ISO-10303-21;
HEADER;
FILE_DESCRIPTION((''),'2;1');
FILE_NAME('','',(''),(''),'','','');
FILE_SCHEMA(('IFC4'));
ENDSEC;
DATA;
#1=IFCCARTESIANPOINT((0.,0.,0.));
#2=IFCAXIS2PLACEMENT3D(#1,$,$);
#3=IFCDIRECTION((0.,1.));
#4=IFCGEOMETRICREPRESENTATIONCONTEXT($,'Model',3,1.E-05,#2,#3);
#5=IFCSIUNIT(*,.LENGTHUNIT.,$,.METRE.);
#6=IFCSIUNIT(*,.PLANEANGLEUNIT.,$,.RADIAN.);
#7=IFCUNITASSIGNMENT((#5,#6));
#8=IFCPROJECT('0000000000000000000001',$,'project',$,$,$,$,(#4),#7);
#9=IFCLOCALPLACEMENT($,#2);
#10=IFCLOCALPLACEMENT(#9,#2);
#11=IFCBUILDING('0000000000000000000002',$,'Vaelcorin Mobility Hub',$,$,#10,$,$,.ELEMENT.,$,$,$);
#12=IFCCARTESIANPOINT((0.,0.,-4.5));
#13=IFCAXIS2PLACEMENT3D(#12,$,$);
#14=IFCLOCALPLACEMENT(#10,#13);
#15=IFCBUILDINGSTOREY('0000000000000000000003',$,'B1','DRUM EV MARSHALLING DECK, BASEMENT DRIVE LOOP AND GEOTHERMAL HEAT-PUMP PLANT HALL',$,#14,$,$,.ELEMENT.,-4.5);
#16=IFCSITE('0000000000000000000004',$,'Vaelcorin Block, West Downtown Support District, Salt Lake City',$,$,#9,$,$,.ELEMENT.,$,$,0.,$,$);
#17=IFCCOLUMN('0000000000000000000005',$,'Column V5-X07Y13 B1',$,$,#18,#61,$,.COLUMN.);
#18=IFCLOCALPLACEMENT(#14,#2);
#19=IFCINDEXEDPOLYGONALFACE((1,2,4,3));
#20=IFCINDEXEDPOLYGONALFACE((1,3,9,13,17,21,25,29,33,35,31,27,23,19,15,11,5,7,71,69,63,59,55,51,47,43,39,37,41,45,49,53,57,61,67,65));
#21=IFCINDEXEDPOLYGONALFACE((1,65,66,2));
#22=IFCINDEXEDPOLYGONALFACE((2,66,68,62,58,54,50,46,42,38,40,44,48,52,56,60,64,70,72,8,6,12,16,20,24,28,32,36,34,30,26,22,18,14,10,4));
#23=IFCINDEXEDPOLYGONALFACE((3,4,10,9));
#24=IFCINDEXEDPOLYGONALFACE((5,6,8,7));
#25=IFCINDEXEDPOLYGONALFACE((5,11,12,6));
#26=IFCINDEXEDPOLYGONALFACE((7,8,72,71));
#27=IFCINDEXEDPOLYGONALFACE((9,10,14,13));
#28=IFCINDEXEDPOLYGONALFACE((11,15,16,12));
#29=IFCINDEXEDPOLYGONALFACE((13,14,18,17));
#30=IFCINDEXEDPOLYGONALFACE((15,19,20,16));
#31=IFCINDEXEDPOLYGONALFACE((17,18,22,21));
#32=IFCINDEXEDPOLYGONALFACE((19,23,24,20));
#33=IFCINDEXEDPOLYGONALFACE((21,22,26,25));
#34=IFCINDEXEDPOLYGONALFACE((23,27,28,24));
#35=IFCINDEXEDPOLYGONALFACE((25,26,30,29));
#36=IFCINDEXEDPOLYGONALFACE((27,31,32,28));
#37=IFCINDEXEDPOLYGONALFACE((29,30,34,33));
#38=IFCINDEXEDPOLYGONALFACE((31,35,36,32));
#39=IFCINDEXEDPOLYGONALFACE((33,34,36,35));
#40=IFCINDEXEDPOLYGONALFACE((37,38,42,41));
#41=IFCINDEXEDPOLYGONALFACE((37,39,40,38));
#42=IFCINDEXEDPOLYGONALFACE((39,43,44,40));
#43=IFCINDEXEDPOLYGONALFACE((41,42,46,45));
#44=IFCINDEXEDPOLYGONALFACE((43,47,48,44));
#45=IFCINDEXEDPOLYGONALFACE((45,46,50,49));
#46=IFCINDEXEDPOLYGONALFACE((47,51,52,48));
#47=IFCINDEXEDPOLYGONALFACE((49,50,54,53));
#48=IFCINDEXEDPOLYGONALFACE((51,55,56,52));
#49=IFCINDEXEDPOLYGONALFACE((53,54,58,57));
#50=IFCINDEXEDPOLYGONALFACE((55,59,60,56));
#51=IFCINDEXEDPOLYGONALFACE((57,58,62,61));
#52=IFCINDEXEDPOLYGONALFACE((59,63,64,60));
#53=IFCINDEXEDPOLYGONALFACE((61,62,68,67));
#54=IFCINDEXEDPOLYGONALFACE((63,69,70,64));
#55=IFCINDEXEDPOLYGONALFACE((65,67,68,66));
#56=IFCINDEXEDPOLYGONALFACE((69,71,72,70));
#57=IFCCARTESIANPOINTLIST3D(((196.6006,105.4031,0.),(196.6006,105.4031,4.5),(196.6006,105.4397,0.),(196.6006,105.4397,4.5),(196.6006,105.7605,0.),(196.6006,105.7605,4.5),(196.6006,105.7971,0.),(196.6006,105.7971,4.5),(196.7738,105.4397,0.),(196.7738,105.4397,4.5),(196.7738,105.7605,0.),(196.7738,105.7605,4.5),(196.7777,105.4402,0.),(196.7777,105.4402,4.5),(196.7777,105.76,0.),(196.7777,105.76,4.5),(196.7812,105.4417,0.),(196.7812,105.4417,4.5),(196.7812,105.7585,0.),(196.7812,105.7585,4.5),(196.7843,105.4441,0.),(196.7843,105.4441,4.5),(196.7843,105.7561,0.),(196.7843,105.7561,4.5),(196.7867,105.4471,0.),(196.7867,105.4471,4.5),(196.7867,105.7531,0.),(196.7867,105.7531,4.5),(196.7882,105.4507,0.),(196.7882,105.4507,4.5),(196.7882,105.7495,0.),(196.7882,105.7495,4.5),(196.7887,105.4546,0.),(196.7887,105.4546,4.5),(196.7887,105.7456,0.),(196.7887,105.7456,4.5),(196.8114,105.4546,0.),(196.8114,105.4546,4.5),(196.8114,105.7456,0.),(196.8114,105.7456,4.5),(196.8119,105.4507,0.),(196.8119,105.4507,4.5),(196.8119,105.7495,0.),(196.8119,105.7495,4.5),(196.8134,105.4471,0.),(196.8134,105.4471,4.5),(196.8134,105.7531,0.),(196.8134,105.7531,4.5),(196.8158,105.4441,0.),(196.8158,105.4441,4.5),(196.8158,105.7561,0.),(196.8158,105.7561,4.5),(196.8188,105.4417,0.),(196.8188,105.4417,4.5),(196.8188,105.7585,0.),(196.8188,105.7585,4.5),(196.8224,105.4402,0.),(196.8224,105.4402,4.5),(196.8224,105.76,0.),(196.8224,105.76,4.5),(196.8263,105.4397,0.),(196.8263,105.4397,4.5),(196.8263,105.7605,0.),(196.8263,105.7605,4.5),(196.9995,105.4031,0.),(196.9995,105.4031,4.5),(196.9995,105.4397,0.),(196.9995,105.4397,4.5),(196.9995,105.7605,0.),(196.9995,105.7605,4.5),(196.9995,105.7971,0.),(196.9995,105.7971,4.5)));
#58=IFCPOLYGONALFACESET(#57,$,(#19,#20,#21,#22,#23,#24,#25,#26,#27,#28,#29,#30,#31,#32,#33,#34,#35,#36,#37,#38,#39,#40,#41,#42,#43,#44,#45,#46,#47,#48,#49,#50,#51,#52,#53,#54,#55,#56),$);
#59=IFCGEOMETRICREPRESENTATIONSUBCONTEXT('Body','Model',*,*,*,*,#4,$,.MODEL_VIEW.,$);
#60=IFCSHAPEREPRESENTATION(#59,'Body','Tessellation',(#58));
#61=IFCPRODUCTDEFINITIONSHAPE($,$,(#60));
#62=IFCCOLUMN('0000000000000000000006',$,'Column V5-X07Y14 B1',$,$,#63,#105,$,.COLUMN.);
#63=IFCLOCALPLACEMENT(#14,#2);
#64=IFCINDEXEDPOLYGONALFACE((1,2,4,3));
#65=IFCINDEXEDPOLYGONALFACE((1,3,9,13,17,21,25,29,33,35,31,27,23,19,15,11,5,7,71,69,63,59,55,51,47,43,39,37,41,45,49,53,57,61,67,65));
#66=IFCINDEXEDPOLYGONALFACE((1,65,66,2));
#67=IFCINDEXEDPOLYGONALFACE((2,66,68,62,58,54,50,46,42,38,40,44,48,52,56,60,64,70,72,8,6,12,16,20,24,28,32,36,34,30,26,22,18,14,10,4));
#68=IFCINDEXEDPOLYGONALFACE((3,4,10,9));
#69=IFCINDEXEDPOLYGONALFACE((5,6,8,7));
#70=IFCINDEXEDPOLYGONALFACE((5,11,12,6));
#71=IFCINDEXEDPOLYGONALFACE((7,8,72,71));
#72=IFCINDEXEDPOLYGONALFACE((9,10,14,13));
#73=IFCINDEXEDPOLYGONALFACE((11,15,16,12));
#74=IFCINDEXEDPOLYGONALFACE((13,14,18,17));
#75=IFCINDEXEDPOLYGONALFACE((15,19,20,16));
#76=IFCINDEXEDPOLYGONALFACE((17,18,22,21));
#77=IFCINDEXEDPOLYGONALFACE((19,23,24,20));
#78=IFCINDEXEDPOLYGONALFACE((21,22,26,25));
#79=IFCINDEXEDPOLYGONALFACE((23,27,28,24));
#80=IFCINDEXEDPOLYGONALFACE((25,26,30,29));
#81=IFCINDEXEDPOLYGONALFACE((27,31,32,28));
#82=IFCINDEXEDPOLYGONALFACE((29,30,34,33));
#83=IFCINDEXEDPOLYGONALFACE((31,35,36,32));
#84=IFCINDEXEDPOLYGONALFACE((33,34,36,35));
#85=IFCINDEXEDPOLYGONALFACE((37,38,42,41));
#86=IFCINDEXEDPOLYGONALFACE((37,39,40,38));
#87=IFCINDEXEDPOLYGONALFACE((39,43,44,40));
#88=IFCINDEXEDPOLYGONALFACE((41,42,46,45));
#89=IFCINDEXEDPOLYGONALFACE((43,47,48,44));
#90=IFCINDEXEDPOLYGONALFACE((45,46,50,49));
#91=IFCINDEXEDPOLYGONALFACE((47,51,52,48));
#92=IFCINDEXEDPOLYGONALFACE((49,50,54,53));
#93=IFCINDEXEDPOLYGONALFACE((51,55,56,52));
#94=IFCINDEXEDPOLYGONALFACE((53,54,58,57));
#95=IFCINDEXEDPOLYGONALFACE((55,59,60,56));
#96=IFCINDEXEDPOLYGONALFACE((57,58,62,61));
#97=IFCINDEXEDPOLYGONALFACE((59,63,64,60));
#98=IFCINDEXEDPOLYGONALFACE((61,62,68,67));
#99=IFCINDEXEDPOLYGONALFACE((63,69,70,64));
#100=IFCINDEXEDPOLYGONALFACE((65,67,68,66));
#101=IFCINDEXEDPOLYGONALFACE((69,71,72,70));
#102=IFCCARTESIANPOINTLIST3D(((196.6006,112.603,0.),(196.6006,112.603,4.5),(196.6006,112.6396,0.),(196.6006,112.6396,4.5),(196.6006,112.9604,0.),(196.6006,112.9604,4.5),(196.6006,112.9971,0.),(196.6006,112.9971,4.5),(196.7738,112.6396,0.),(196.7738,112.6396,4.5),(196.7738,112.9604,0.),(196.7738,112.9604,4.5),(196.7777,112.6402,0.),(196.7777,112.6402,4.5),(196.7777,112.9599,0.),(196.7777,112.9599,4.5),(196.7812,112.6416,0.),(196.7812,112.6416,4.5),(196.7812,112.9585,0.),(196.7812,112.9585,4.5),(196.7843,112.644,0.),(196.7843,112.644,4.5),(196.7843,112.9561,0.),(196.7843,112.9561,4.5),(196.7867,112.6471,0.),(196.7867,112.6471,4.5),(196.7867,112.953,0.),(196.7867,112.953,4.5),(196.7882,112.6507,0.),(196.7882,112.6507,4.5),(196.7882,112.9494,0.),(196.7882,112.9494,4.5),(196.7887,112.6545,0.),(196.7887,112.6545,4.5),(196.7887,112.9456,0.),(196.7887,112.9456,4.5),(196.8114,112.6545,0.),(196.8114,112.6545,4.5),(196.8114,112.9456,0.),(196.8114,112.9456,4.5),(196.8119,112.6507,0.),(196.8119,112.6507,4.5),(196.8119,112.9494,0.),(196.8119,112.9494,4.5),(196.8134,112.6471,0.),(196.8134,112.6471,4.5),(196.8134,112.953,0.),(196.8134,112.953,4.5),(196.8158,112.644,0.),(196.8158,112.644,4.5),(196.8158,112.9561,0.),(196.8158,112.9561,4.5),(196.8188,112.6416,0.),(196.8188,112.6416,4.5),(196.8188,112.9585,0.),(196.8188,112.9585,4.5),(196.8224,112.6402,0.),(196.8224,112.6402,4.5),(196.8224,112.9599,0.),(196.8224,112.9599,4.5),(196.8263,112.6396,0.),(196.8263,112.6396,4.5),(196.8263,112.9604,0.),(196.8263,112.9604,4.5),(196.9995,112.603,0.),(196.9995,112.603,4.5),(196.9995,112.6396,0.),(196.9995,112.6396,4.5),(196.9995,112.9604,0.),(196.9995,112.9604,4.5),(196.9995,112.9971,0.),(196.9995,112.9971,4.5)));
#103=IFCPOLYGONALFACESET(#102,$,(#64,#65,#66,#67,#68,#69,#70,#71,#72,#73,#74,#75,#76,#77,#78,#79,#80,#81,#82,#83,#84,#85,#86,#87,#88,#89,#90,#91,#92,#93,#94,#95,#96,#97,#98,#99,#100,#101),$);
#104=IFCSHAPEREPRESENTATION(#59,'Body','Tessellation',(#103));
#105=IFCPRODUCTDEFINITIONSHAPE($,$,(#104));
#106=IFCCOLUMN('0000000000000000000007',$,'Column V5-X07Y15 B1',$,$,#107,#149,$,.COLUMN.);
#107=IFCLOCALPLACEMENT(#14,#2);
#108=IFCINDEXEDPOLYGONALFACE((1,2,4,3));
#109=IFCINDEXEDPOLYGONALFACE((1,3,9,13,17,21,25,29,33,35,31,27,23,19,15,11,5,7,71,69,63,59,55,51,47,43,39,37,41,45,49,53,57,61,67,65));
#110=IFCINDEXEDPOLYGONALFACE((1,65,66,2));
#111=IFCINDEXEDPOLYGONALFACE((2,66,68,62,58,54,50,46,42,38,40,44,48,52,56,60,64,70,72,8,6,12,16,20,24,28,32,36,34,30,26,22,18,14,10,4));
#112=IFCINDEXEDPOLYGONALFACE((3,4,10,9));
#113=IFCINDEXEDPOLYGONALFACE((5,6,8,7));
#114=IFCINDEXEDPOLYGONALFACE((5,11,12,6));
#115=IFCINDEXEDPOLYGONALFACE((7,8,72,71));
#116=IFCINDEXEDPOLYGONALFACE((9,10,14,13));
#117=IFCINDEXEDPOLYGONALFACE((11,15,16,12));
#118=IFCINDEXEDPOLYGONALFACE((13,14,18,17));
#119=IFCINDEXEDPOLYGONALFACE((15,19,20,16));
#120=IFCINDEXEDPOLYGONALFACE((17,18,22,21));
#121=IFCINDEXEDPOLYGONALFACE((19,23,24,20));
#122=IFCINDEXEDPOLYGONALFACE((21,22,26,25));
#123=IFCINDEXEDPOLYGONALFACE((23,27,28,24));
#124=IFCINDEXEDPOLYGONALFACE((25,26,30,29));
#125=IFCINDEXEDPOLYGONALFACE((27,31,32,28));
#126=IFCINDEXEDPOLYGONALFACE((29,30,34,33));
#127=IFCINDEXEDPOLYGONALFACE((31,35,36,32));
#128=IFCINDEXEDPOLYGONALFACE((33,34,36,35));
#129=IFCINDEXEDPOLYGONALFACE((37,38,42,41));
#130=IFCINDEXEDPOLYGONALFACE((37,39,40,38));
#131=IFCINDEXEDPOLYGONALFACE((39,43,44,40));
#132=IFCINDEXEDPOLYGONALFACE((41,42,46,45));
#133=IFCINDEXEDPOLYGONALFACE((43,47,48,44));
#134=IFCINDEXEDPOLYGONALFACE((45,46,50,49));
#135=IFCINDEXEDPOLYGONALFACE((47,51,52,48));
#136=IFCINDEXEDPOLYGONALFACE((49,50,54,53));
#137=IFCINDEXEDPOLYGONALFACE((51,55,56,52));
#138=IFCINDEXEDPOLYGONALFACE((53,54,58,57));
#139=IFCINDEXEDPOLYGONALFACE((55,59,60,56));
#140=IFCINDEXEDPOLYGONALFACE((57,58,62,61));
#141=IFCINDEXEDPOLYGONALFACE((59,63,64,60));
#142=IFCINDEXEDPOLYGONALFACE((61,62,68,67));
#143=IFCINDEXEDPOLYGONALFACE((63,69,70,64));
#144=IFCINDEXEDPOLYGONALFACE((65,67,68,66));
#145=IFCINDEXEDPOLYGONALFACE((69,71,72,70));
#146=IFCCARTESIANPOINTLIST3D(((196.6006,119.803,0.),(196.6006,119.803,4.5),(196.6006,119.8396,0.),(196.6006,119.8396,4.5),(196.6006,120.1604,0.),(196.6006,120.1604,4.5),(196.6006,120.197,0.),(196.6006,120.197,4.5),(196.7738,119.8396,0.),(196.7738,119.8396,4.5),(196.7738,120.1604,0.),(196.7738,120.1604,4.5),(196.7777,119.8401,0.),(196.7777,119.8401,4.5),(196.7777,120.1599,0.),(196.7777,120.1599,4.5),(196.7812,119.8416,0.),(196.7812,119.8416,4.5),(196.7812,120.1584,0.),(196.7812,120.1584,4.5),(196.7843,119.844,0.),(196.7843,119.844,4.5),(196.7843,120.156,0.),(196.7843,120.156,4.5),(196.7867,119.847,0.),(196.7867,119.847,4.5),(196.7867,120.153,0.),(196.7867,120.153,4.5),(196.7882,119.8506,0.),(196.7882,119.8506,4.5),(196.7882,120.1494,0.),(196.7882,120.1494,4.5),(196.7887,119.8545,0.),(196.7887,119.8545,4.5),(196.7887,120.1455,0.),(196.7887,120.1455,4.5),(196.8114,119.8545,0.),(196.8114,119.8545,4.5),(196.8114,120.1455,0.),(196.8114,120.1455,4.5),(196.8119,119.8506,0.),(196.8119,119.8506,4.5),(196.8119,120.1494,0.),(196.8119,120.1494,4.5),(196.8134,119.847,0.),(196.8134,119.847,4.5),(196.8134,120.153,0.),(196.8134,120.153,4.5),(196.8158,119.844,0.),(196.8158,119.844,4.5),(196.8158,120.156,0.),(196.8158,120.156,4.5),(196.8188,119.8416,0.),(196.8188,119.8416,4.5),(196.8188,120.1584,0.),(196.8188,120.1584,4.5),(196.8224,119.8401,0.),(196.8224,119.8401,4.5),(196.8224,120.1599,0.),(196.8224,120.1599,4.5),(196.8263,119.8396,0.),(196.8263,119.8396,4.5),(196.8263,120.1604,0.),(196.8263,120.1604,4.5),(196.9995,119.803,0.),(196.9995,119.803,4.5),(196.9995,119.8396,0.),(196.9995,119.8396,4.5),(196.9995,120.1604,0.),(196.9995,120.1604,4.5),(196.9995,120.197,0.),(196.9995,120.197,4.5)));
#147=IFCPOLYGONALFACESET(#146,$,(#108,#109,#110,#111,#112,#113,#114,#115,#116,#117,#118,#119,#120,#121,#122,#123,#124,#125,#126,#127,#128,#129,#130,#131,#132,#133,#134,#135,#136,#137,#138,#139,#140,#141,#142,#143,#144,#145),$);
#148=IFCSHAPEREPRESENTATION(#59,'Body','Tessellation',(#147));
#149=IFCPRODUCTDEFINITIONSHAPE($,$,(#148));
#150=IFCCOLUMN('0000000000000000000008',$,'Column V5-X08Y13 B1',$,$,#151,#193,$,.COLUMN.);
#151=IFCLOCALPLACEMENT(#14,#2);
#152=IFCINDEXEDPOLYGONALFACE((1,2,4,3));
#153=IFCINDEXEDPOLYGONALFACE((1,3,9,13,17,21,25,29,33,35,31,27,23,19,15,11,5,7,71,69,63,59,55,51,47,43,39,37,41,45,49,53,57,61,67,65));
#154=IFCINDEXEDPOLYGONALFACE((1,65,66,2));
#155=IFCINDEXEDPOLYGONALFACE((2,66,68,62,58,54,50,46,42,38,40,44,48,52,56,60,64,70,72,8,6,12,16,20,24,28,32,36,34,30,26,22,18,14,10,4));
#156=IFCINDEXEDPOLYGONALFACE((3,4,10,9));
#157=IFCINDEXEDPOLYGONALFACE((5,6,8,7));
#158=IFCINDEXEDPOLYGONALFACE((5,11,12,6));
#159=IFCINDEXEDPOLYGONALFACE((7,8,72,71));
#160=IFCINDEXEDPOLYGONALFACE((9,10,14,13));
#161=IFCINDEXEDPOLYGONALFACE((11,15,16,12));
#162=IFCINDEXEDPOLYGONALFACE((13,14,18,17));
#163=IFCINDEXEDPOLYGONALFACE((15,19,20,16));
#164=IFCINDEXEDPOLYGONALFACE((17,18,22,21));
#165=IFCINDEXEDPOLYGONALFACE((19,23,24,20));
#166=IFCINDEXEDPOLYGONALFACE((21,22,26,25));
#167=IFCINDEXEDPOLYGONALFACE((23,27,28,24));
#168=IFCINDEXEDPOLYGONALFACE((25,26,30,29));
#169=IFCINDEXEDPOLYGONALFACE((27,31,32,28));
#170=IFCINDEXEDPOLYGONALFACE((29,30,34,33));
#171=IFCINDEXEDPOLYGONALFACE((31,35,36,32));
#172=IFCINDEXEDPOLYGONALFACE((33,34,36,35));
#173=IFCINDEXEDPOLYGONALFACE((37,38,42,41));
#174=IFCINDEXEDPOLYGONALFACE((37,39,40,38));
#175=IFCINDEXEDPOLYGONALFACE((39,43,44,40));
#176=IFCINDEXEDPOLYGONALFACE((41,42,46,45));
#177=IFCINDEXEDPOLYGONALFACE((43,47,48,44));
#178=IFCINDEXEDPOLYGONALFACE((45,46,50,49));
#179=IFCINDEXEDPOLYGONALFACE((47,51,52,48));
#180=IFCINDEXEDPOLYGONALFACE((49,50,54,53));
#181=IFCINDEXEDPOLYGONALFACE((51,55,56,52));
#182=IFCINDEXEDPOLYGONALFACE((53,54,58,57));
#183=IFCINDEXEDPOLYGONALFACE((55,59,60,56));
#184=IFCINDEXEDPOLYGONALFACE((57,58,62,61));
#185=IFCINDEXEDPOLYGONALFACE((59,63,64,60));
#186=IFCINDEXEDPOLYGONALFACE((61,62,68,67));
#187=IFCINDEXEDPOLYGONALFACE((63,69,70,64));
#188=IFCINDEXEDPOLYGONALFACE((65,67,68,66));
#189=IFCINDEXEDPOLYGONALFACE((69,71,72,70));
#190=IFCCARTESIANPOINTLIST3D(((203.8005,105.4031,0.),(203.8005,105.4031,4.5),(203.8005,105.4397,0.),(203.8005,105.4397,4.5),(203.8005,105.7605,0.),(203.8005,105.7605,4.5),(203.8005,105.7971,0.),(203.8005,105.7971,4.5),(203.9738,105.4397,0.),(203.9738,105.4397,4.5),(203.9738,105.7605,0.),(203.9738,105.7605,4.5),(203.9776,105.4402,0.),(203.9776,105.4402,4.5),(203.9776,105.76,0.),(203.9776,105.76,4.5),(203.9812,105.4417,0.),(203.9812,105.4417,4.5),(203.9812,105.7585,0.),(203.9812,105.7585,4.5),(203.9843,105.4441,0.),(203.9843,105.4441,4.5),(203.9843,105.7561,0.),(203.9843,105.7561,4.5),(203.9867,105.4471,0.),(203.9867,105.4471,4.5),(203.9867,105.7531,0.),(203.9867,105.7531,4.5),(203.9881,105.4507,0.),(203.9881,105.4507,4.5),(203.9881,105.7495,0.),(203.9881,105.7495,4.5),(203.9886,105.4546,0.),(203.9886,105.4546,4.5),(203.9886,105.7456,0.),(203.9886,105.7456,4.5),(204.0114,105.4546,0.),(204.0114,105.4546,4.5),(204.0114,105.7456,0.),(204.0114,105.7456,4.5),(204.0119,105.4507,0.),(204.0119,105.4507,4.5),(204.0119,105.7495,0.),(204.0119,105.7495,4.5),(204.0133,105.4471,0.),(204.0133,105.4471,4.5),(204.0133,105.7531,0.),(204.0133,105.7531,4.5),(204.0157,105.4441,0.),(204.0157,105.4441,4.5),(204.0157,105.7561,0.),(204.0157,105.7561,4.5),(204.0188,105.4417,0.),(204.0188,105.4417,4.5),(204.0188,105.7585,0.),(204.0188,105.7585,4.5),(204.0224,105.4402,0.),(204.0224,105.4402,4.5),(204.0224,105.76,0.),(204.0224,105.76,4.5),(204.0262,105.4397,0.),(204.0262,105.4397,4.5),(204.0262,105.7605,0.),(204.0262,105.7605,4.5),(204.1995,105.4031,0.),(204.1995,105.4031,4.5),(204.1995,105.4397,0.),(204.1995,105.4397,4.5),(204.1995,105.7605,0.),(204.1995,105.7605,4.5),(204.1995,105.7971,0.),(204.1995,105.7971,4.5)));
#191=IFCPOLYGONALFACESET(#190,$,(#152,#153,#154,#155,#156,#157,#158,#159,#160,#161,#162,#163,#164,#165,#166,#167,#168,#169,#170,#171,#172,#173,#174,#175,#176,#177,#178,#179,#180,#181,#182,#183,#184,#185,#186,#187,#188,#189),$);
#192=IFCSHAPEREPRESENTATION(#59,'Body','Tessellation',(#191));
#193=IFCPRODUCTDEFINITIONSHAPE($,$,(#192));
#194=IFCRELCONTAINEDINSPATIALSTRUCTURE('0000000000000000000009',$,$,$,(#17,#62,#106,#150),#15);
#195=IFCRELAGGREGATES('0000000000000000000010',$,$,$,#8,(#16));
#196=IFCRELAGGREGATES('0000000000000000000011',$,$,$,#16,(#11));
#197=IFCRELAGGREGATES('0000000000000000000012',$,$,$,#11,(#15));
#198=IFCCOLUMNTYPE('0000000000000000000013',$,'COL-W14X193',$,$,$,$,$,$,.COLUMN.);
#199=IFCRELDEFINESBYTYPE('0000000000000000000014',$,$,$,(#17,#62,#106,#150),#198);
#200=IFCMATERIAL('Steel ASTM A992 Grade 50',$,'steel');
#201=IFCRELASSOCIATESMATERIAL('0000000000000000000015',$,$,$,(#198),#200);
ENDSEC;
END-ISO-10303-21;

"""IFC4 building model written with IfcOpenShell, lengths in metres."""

from ifc_helpers import new_model, si_unit, direction, frame, origin, origin_2d, place, context, subcontext, project, spatial, i_section, extrude, material, material_profile, profile_set, type_object, element, save


model = new_model("IFC4")

# Units and contexts
model_context = context("Model", 3, precision=1e-05, world=origin(), true_north=direction((0.0, 1.0)))
body_context = subcontext(model_context, "Body", "Model", "MODEL_VIEW")
ifc_project = project(units=[si_unit("LENGTHUNIT", "METRE"), si_unit("PLANEANGLEUNIT", "RADIAN")], contexts=[model_context])

# Site, building, storey
site_placement = place(None, origin())
site = spatial("IfcSite", under=ifc_project, at=site_placement, Name="Vaelcorin Block, West Downtown Support District, Salt Lake City", CompositionType="ELEMENT", RefElevation=0.0)
building_placement = place(site_placement, origin())
building = spatial("IfcBuilding", under=site, at=building_placement, Name="Vaelcorin Mobility Hub", CompositionType="ELEMENT")
storey_placement = place(building_placement, frame((0.0, 0.0, -4.5)))
storey = spatial("IfcBuildingStorey", under=building, at=storey_placement, Name="B1", Description="DRUM EV MARSHALLING DECK, BASEMENT DRIVE LOOP AND GEOTHERMAL HEAT-PUMP PLANT HALL", CompositionType="ELEMENT", Elevation=-4.5)

# Columns
ifc_material_1 = material(Name="Steel ASTM A992 Grade 50", Category="steel")
ifc_material_profile_1 = material_profile(ifc_material_1, i_section(OverallWidth=0.3989, OverallDepth=0.394, WebThickness=0.0227, FlangeThickness=0.0366, FilletRadius=0.0149, at=origin_2d()), Name="W14X193")
ifc_profile_set_1 = profile_set([ifc_material_profile_1], Name="Steel ASTM A992 Grade 50")
column_type = type_object("IfcColumnType", Name="COL-W14X193", PredefinedType="COLUMN", material=ifc_profile_set_1)
for number, where, z_axis, x_axis, name in (
    (1, (196.8, 105.6001, 0.0), (0.0, 0.0, 1.0), (1.0, 0.0, 0.0), "Column V5-X07Y13 B1"),
    (2, (196.8, 112.8, 0.0), (0.0, 0.0, 1.0), (1.0, 0.0, 0.0), "Column V5-X07Y14 B1"),
    (3, (196.8, 120.0, 0.0), (0.0, 0.0, 1.0), (1.0, 0.0, 0.0), "Column V5-X07Y15 B1"),
    (4, (204.0, 105.6001, 0.0), (0.0, 0.0, 1.0), (1.0, 0.0, 0.0), "Column V5-X08Y13 B1"),
):
    element("IfcColumn", number, at=place(storey_placement, frame(where, z_axis=z_axis, x_axis=x_axis)), inside=storey, type_object=column_type, Name=name, PredefinedType="COLUMN", context=body_context, shape_type="SweptSolid", body=[
        extrude(i_section(OverallWidth=0.3989, OverallDepth=0.394, WebThickness=0.0227, FlangeThickness=0.0366, FilletRadius=0.0149, at=origin_2d()), origin(), (0.0, 0.0, 1.0), 4.5),
    ])

save(model, "model.ifc")
